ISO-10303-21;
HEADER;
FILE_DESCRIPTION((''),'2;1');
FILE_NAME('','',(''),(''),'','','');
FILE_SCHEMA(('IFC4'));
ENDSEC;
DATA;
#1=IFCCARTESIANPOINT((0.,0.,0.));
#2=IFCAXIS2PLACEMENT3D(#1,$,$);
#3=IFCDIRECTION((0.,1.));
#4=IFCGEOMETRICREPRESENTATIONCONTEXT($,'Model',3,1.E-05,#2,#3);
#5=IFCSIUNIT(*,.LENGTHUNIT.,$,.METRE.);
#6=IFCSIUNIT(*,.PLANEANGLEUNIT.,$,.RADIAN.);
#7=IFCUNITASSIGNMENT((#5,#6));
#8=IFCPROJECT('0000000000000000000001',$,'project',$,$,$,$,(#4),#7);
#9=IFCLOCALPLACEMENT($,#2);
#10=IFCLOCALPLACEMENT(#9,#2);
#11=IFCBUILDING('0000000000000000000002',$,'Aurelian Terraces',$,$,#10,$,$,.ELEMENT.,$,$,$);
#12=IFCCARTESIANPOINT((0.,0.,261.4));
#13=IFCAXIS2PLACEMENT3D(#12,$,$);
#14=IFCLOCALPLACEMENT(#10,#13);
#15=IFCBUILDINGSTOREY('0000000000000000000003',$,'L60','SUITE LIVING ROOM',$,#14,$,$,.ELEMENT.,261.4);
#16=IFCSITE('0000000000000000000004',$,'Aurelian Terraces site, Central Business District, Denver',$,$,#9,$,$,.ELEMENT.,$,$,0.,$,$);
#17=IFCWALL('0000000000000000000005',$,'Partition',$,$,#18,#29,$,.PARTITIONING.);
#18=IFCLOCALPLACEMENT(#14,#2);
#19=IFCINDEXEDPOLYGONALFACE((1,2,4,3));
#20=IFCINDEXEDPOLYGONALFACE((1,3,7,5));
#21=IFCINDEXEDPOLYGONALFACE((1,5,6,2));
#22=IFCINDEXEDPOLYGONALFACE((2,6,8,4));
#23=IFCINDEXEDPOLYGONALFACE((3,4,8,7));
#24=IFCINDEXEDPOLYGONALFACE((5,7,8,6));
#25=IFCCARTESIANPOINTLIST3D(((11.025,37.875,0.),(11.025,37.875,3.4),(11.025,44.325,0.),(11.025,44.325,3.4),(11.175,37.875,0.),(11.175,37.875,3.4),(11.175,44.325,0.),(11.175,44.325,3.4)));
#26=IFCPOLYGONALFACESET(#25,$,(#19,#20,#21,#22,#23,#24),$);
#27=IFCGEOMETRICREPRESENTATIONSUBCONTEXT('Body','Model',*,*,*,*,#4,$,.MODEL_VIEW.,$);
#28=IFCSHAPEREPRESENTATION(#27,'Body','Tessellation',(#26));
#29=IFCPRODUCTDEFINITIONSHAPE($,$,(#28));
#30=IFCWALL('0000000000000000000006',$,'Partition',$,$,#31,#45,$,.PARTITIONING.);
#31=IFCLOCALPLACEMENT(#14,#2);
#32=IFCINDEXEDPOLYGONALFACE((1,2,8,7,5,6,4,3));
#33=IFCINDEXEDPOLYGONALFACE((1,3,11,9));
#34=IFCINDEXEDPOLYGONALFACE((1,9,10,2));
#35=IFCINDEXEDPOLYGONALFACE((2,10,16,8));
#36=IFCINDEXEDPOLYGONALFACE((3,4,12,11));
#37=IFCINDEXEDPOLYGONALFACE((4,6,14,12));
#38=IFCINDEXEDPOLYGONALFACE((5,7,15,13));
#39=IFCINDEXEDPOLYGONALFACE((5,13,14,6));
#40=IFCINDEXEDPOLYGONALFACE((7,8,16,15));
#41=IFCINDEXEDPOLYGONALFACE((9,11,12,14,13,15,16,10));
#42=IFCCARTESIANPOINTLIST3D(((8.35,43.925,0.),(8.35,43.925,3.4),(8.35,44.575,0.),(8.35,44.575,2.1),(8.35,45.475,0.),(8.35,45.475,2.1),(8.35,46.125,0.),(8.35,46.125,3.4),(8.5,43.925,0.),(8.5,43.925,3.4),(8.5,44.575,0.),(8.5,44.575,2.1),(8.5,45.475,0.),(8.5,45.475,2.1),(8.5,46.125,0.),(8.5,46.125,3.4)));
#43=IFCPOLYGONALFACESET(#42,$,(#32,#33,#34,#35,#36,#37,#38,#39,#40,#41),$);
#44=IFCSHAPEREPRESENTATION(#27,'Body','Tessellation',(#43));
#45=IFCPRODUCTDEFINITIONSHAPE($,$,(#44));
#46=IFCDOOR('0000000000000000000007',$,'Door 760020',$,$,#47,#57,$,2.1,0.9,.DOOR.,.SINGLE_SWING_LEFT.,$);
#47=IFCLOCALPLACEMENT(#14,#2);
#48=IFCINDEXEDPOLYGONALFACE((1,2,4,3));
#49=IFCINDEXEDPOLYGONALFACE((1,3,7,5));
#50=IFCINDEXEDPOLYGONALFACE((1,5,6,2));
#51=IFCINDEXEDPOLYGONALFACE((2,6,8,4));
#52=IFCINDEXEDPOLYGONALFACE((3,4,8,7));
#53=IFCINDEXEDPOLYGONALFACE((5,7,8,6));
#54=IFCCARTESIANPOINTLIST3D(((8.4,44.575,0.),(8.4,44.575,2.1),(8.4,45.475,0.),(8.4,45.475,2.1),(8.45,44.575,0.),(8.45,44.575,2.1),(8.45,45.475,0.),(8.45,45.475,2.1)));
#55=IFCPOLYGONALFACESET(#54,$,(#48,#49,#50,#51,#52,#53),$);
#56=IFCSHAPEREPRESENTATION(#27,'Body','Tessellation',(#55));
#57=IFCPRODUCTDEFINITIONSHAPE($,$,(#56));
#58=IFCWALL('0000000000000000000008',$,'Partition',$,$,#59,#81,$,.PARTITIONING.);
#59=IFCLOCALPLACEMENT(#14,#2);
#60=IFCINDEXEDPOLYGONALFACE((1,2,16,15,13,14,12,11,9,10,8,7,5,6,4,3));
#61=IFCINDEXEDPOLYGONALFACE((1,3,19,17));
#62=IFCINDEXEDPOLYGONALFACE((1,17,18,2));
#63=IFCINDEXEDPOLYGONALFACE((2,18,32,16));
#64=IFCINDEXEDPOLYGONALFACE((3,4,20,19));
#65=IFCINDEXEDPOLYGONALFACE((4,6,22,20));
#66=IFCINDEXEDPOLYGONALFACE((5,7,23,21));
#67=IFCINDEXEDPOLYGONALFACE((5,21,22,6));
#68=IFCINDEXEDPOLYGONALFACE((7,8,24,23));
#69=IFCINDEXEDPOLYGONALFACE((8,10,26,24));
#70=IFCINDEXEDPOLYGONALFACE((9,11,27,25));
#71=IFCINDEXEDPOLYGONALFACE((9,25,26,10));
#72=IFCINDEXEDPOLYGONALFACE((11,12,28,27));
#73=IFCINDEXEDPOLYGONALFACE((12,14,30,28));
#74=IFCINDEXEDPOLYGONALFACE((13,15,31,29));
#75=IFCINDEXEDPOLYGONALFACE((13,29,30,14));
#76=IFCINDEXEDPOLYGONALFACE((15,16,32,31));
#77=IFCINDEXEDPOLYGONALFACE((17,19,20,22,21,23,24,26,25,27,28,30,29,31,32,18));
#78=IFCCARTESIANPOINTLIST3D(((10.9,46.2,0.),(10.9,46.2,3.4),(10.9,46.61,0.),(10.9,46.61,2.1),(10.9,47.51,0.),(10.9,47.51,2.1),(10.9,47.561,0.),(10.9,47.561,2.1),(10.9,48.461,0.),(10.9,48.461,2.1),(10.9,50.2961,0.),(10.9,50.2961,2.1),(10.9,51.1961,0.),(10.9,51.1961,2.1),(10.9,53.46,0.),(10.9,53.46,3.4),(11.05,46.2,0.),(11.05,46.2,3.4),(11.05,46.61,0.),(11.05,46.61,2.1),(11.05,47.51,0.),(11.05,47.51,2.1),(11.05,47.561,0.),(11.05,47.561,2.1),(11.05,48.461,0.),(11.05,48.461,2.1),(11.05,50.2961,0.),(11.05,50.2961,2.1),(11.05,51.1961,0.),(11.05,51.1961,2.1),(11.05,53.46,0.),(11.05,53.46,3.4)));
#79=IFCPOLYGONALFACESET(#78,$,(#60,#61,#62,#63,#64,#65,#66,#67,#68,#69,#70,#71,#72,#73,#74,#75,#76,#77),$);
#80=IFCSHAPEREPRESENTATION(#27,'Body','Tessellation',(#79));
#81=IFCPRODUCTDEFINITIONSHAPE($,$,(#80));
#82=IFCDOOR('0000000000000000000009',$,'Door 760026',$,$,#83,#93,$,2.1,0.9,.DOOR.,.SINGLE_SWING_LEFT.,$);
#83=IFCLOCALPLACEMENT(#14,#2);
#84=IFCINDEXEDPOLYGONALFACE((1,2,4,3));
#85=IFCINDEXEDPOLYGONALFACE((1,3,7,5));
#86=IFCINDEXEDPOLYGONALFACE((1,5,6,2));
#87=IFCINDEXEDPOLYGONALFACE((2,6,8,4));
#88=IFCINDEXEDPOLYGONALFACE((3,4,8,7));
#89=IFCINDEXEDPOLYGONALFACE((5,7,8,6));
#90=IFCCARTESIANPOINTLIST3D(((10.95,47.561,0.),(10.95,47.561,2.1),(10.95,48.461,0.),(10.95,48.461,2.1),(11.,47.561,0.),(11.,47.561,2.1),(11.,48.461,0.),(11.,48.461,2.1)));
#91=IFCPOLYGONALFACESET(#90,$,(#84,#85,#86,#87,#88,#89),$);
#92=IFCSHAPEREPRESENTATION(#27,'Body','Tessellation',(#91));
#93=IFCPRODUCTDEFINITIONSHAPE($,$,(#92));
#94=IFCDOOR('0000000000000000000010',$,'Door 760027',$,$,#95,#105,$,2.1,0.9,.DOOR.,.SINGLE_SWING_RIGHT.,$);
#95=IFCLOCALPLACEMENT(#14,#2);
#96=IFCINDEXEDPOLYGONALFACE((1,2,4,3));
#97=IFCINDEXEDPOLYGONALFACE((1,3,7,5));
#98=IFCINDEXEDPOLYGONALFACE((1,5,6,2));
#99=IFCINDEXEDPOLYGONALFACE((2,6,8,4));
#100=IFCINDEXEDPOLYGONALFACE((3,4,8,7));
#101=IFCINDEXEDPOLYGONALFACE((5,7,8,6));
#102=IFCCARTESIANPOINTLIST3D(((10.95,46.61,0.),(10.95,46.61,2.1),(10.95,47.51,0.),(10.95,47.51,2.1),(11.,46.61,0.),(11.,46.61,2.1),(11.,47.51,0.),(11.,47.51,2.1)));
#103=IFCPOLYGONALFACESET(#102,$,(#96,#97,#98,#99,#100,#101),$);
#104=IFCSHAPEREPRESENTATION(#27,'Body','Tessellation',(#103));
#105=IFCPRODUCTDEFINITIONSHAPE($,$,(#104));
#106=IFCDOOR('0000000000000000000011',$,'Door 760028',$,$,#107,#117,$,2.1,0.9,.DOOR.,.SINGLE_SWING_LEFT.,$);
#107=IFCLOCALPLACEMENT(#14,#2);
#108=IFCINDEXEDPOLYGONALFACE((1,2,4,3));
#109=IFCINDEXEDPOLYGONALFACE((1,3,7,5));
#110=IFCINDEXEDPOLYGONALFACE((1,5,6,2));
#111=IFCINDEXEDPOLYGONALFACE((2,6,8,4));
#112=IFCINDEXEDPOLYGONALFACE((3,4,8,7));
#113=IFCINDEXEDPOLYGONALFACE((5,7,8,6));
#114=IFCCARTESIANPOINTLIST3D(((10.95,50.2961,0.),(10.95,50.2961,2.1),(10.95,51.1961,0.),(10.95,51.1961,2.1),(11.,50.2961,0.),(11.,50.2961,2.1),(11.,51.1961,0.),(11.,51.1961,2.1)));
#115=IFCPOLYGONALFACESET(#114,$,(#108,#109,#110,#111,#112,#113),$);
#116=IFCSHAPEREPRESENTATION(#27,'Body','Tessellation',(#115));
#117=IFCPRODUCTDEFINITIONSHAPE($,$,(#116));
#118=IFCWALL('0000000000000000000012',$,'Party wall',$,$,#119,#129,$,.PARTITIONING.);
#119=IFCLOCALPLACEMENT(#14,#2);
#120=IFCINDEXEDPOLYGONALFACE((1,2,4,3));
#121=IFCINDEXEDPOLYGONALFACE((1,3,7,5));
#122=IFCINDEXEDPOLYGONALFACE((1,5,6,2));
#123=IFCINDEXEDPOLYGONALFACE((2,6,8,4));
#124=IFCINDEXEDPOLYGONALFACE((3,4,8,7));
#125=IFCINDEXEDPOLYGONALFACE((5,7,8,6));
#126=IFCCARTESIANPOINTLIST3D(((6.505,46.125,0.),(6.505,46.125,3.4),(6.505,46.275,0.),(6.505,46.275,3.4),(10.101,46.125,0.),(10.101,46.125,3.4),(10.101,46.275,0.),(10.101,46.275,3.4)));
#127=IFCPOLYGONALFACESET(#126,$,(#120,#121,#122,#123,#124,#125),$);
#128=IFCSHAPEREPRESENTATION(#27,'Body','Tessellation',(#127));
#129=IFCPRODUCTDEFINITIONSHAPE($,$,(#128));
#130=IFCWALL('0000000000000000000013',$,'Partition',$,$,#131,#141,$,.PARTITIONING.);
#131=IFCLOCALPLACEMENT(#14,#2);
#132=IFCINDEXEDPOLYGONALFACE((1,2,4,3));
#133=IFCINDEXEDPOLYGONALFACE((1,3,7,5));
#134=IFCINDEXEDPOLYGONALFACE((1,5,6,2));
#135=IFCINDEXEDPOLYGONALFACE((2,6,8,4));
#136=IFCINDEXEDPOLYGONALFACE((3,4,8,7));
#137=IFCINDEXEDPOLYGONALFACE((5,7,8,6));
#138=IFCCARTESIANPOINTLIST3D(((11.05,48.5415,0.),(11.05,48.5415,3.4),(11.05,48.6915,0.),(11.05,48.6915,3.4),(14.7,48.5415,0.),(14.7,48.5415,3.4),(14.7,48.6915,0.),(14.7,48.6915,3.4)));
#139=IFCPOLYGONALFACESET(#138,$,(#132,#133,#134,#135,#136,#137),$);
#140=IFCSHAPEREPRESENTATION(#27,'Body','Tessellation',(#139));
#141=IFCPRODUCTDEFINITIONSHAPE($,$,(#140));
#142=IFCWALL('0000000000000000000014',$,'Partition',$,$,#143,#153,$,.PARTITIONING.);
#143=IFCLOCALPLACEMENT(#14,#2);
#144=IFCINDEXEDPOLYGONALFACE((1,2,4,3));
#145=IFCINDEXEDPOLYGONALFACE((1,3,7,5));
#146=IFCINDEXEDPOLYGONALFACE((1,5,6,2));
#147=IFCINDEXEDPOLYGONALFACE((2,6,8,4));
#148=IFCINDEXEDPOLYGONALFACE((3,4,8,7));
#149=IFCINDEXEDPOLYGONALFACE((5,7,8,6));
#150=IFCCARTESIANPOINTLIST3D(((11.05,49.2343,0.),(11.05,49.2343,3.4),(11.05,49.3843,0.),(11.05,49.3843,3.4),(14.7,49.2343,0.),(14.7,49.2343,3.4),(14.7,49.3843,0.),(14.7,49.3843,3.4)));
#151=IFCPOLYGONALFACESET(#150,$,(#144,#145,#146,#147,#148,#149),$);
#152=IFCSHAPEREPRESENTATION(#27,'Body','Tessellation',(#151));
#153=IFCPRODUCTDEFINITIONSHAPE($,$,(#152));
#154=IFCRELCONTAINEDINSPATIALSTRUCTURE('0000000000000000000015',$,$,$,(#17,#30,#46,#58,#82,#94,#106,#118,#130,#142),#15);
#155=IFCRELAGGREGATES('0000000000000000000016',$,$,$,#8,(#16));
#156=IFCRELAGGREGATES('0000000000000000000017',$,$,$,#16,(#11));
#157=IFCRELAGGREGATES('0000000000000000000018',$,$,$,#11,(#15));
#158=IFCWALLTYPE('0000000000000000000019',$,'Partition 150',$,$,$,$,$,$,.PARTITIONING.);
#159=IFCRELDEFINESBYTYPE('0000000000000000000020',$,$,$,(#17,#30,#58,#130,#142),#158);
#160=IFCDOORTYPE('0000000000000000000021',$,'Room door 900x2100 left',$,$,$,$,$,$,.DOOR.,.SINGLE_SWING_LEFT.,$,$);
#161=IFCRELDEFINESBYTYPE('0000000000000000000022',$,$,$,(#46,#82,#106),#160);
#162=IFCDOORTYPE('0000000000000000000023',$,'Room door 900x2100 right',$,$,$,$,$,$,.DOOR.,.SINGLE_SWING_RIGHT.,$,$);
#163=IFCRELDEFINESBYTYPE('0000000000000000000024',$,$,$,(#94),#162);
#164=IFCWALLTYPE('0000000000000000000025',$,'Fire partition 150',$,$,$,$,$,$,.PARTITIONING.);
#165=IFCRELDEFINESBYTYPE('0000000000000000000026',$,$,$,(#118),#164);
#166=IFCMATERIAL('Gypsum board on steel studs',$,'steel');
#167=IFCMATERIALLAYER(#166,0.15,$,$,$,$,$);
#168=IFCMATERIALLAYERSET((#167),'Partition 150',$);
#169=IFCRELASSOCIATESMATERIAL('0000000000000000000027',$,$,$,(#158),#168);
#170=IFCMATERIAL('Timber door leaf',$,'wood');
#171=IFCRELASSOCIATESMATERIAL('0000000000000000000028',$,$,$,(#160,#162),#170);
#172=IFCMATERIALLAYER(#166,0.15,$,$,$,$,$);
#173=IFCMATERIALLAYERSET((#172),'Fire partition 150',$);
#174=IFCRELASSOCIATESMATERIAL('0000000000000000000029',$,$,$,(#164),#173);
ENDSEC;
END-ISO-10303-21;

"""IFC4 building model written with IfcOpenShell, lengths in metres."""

from ifc_helpers import new_model, si_unit, direction, frame, frame_2d, origin, place, context, subcontext, project, spatial, rectangle, extrude, source, transform, mapped, material, layer, layer_set, type_object, element, fill, save


model = new_model("IFC4")

# Units and contexts
model_context = context("Model", 3, precision=1e-05, world=origin(), true_north=direction((0.0, 1.0)))
body_context = subcontext(model_context, "Body", "Model", "MODEL_VIEW")
ifc_project = project(units=[si_unit("LENGTHUNIT", "METRE"), si_unit("PLANEANGLEUNIT", "RADIAN")], contexts=[model_context])

# Site, building, storey
site_placement = place(None, origin())
site = spatial("IfcSite", under=ifc_project, at=site_placement, Name="Aurelian Terraces site, Central Business District, Denver", CompositionType="ELEMENT", RefElevation=0.0)
building_placement = place(site_placement, origin())
building = spatial("IfcBuilding", under=site, at=building_placement, Name="Aurelian Terraces", CompositionType="ELEMENT")
storey_placement = place(building_placement, frame((0.0, 0.0, 261.4)))
storey = spatial("IfcBuildingStorey", under=building, at=storey_placement, Name="L60", Description="SUITE LIVING ROOM", CompositionType="ELEMENT", Elevation=261.4)

# Shared definitions
ifc_material_1 = material(Name="Gypsum board on steel studs", Category="steel")
ifc_layer_1 = layer(ifc_material_1, 0.15)
ifc_layer_set_1 = layer_set([ifc_layer_1], Name="Partition 150")
wall_type_1 = type_object("IfcWallType", Name="Partition 150", PredefinedType="PARTITIONING", material=ifc_layer_set_1)
ifc_material_2 = material(Name="Timber door leaf", Category="wood")

# Wall
shared_shape_1 = source(origin(), body_context, "Body", "SweptSolid", [
    extrude(rectangle(XDim=6.45, YDim=0.15, at=frame_2d((3.225, 0.0))), origin(), (0.0, 0.0, 1.0), 3.4),
])
wall_1_placement = place(storey_placement, frame((11.1, 44.325, 0.0), z_axis=(0.0, 0.0, 1.0), x_axis=(0.0, -1.0, 0.0)))
element("IfcWall", 1, at=wall_1_placement, inside=storey, type_object=wall_type_1, Name="Partition", PredefinedType="PARTITIONING", context=body_context, shape_type="MappedRepresentation", body=[
    mapped(shared_shape_1, transform((0.0, 0.0, 0.0), scale=1.0)),
])

# Wall, opening, door
shared_shape_2 = source(origin(), body_context, "Body", "SweptSolid", [
    extrude(rectangle(XDim=2.2, YDim=0.15, at=frame_2d((1.1, 0.0))), origin(), (0.0, 0.0, 1.0), 3.4),
])
wall_2_placement = place(storey_placement, frame((8.425, 43.925, 0.0), z_axis=(0.0, 0.0, 1.0), x_axis=(0.0, 1.0, 0.0)))
wall_2 = element("IfcWall", 2, at=wall_2_placement, inside=storey, type_object=wall_type_1, Name="Partition", PredefinedType="PARTITIONING", context=body_context, shape_type="MappedRepresentation", body=[
    mapped(shared_shape_2, transform((0.0, 0.0, 0.0), scale=1.0)),
])
shared_shape_3 = source(origin(), body_context, "Body", "SweptSolid", [
    extrude(rectangle(XDim=0.9, YDim=2.1, at=frame_2d((0.45, 1.05))), frame((0.0, 0.085, 0.0), z_axis=(0.0, -1.0, 0.0), x_axis=(1.0, 0.0, 0.0)), (0.0, 0.0, 1.0), 0.17),
])
opening_1_placement = place(wall_2_placement, frame((0.65, 0.0, 0.0)))
opening_1 = element("IfcOpeningElement", 3, at=opening_1_placement, cuts=wall_2, PredefinedType="OPENING", context=body_context, shape_type="MappedRepresentation", body=[
    mapped(shared_shape_3, transform((0.0, 0.0, 0.0), scale=1.0)),
])
door_type_1 = type_object("IfcDoorType", Name="Room door 900x2100 left", OperationType="SINGLE_SWING_LEFT", PredefinedType="DOOR", material=ifc_material_2)
shared_shape_4 = source(origin(), body_context, "Body", "SweptSolid", [
    extrude(rectangle(XDim=0.9, YDim=2.1, at=frame_2d((0.45, 1.05))), frame((0.0, 0.025, 0.0), z_axis=(0.0, -1.0, 0.0), x_axis=(1.0, 0.0, 0.0)), (0.0, 0.0, 1.0), 0.05),
])
door_1_placement = place(opening_1_placement, origin())
door_1 = element("IfcDoor", 4, at=door_1_placement, inside=storey, type_object=door_type_1, Name="Door 760020", OperationType="SINGLE_SWING_LEFT", OverallHeight=2.1, OverallWidth=0.9, PredefinedType="DOOR", context=body_context, shape_type="MappedRepresentation", body=[
    mapped(shared_shape_4, transform((0.0, 0.0, 0.0), scale=1.0)),
])
fill(opening_1, door_1)

# Wall, openings, doors
shared_shape_5 = source(origin(), body_context, "Body", "SweptSolid", [
    extrude(rectangle(XDim=7.26, YDim=0.15, at=frame_2d((3.63, 0.0))), origin(), (0.0, 0.0, 1.0), 3.4),
])
wall_3_placement = place(storey_placement, frame((10.975, 46.2, 0.0), z_axis=(0.0, 0.0, 1.0), x_axis=(0.0, 1.0, 0.0)))
wall_3 = element("IfcWall", 5, at=wall_3_placement, inside=storey, type_object=wall_type_1, Name="Partition", PredefinedType="PARTITIONING", context=body_context, shape_type="MappedRepresentation", body=[
    mapped(shared_shape_5, transform((0.0, 0.0, 0.0), scale=1.0)),
])
opening_2_placement = place(wall_3_placement, frame((1.361, 0.0, 0.0)))
opening_2 = element("IfcOpeningElement", 6, at=opening_2_placement, cuts=wall_3, PredefinedType="OPENING", context=body_context, shape_type="MappedRepresentation", body=[
    mapped(shared_shape_3, transform((0.0, 0.0, 0.0), scale=1.0)),
])
opening_3_placement = place(wall_3_placement, frame((0.41, 0.0, 0.0)))
opening_3 = element("IfcOpeningElement", 7, at=opening_3_placement, cuts=wall_3, PredefinedType="OPENING", context=body_context, shape_type="MappedRepresentation", body=[
    mapped(shared_shape_3, transform((0.0, 0.0, 0.0), scale=1.0)),
])
opening_4_placement = place(wall_3_placement, frame((4.0961, 0.0, 0.0)))
opening_4 = element("IfcOpeningElement", 8, at=opening_4_placement, cuts=wall_3, PredefinedType="OPENING", context=body_context, shape_type="MappedRepresentation", body=[
    mapped(shared_shape_3, transform((0.0, 0.0, 0.0), scale=1.0)),
])
door_2_placement = place(opening_2_placement, origin())
door_2 = element("IfcDoor", 9, at=door_2_placement, inside=storey, type_object=door_type_1, Name="Door 760026", OperationType="SINGLE_SWING_LEFT", OverallHeight=2.1, OverallWidth=0.9, PredefinedType="DOOR", context=body_context, shape_type="MappedRepresentation", body=[
    mapped(shared_shape_4, transform((0.0, 0.0, 0.0), scale=1.0)),
])
fill(opening_2, door_2)
door_type_2 = type_object("IfcDoorType", Name="Room door 900x2100 right", OperationType="SINGLE_SWING_RIGHT", PredefinedType="DOOR", material=ifc_material_2)
door_3_placement = place(opening_3_placement, origin())
door_3 = element("IfcDoor", 10, at=door_3_placement, inside=storey, type_object=door_type_2, Name="Door 760027", OperationType="SINGLE_SWING_RIGHT", OverallHeight=2.1, OverallWidth=0.9, PredefinedType="DOOR", context=body_context, shape_type="MappedRepresentation", body=[
    mapped(shared_shape_4, transform((0.0, 0.0, 0.0), scale=1.0)),
])
fill(opening_3, door_3)
door_4_placement = place(opening_4_placement, origin())
door_4 = element("IfcDoor", 11, at=door_4_placement, inside=storey, type_object=door_type_1, Name="Door 760028", OperationType="SINGLE_SWING_LEFT", OverallHeight=2.1, OverallWidth=0.9, PredefinedType="DOOR", context=body_context, shape_type="MappedRepresentation", body=[
    mapped(shared_shape_4, transform((0.0, 0.0, 0.0), scale=1.0)),
])
fill(opening_4, door_4)

# Walls
ifc_layer_2 = layer(ifc_material_1, 0.15)
ifc_layer_set_2 = layer_set([ifc_layer_2], Name="Fire partition 150")
wall_type_2 = type_object("IfcWallType", Name="Fire partition 150", PredefinedType="PARTITIONING", material=ifc_layer_set_2)
shared_shape_6 = source(origin(), body_context, "Body", "SweptSolid", [
    extrude(rectangle(XDim=3.596, YDim=0.15, at=frame_2d((1.798, 0.0))), origin(), (0.0, 0.0, 1.0), 3.4),
])
wall_4_placement = place(storey_placement, frame((10.101, 46.2, 0.0), z_axis=(0.0, 0.0, 1.0), x_axis=(-1.0, 0.0, 0.0)))
element("IfcWall", 12, at=wall_4_placement, inside=storey, type_object=wall_type_2, Name="Party wall", PredefinedType="PARTITIONING", context=body_context, shape_type="MappedRepresentation", body=[
    mapped(shared_shape_6, transform((0.0, 0.0, 0.0), scale=1.0)),
])
shared_shape_7 = source(origin(), body_context, "Body", "SweptSolid", [
    extrude(rectangle(XDim=3.65, YDim=0.15, at=frame_2d((1.825, 0.0))), origin(), (0.0, 0.0, 1.0), 3.4),
])
for number, where, z_axis, x_axis, name in (
    (13, (14.7, 48.6165, 0.0), (0.0, 0.0, 1.0), (-1.0, 0.0, 0.0), "Partition"),
    (14, (14.7, 49.3093, 0.0), (0.0, 0.0, 1.0), (-1.0, 0.0, 0.0), "Partition"),
):
    element("IfcWall", number, at=place(storey_placement, frame(where, z_axis=z_axis, x_axis=x_axis)), inside=storey, type_object=wall_type_1, Name=name, PredefinedType="PARTITIONING", context=body_context, shape_type="MappedRepresentation", body=[
        mapped(shared_shape_7, transform((0.0, 0.0, 0.0), scale=1.0)),
    ])

save(model, "model.ifc")
